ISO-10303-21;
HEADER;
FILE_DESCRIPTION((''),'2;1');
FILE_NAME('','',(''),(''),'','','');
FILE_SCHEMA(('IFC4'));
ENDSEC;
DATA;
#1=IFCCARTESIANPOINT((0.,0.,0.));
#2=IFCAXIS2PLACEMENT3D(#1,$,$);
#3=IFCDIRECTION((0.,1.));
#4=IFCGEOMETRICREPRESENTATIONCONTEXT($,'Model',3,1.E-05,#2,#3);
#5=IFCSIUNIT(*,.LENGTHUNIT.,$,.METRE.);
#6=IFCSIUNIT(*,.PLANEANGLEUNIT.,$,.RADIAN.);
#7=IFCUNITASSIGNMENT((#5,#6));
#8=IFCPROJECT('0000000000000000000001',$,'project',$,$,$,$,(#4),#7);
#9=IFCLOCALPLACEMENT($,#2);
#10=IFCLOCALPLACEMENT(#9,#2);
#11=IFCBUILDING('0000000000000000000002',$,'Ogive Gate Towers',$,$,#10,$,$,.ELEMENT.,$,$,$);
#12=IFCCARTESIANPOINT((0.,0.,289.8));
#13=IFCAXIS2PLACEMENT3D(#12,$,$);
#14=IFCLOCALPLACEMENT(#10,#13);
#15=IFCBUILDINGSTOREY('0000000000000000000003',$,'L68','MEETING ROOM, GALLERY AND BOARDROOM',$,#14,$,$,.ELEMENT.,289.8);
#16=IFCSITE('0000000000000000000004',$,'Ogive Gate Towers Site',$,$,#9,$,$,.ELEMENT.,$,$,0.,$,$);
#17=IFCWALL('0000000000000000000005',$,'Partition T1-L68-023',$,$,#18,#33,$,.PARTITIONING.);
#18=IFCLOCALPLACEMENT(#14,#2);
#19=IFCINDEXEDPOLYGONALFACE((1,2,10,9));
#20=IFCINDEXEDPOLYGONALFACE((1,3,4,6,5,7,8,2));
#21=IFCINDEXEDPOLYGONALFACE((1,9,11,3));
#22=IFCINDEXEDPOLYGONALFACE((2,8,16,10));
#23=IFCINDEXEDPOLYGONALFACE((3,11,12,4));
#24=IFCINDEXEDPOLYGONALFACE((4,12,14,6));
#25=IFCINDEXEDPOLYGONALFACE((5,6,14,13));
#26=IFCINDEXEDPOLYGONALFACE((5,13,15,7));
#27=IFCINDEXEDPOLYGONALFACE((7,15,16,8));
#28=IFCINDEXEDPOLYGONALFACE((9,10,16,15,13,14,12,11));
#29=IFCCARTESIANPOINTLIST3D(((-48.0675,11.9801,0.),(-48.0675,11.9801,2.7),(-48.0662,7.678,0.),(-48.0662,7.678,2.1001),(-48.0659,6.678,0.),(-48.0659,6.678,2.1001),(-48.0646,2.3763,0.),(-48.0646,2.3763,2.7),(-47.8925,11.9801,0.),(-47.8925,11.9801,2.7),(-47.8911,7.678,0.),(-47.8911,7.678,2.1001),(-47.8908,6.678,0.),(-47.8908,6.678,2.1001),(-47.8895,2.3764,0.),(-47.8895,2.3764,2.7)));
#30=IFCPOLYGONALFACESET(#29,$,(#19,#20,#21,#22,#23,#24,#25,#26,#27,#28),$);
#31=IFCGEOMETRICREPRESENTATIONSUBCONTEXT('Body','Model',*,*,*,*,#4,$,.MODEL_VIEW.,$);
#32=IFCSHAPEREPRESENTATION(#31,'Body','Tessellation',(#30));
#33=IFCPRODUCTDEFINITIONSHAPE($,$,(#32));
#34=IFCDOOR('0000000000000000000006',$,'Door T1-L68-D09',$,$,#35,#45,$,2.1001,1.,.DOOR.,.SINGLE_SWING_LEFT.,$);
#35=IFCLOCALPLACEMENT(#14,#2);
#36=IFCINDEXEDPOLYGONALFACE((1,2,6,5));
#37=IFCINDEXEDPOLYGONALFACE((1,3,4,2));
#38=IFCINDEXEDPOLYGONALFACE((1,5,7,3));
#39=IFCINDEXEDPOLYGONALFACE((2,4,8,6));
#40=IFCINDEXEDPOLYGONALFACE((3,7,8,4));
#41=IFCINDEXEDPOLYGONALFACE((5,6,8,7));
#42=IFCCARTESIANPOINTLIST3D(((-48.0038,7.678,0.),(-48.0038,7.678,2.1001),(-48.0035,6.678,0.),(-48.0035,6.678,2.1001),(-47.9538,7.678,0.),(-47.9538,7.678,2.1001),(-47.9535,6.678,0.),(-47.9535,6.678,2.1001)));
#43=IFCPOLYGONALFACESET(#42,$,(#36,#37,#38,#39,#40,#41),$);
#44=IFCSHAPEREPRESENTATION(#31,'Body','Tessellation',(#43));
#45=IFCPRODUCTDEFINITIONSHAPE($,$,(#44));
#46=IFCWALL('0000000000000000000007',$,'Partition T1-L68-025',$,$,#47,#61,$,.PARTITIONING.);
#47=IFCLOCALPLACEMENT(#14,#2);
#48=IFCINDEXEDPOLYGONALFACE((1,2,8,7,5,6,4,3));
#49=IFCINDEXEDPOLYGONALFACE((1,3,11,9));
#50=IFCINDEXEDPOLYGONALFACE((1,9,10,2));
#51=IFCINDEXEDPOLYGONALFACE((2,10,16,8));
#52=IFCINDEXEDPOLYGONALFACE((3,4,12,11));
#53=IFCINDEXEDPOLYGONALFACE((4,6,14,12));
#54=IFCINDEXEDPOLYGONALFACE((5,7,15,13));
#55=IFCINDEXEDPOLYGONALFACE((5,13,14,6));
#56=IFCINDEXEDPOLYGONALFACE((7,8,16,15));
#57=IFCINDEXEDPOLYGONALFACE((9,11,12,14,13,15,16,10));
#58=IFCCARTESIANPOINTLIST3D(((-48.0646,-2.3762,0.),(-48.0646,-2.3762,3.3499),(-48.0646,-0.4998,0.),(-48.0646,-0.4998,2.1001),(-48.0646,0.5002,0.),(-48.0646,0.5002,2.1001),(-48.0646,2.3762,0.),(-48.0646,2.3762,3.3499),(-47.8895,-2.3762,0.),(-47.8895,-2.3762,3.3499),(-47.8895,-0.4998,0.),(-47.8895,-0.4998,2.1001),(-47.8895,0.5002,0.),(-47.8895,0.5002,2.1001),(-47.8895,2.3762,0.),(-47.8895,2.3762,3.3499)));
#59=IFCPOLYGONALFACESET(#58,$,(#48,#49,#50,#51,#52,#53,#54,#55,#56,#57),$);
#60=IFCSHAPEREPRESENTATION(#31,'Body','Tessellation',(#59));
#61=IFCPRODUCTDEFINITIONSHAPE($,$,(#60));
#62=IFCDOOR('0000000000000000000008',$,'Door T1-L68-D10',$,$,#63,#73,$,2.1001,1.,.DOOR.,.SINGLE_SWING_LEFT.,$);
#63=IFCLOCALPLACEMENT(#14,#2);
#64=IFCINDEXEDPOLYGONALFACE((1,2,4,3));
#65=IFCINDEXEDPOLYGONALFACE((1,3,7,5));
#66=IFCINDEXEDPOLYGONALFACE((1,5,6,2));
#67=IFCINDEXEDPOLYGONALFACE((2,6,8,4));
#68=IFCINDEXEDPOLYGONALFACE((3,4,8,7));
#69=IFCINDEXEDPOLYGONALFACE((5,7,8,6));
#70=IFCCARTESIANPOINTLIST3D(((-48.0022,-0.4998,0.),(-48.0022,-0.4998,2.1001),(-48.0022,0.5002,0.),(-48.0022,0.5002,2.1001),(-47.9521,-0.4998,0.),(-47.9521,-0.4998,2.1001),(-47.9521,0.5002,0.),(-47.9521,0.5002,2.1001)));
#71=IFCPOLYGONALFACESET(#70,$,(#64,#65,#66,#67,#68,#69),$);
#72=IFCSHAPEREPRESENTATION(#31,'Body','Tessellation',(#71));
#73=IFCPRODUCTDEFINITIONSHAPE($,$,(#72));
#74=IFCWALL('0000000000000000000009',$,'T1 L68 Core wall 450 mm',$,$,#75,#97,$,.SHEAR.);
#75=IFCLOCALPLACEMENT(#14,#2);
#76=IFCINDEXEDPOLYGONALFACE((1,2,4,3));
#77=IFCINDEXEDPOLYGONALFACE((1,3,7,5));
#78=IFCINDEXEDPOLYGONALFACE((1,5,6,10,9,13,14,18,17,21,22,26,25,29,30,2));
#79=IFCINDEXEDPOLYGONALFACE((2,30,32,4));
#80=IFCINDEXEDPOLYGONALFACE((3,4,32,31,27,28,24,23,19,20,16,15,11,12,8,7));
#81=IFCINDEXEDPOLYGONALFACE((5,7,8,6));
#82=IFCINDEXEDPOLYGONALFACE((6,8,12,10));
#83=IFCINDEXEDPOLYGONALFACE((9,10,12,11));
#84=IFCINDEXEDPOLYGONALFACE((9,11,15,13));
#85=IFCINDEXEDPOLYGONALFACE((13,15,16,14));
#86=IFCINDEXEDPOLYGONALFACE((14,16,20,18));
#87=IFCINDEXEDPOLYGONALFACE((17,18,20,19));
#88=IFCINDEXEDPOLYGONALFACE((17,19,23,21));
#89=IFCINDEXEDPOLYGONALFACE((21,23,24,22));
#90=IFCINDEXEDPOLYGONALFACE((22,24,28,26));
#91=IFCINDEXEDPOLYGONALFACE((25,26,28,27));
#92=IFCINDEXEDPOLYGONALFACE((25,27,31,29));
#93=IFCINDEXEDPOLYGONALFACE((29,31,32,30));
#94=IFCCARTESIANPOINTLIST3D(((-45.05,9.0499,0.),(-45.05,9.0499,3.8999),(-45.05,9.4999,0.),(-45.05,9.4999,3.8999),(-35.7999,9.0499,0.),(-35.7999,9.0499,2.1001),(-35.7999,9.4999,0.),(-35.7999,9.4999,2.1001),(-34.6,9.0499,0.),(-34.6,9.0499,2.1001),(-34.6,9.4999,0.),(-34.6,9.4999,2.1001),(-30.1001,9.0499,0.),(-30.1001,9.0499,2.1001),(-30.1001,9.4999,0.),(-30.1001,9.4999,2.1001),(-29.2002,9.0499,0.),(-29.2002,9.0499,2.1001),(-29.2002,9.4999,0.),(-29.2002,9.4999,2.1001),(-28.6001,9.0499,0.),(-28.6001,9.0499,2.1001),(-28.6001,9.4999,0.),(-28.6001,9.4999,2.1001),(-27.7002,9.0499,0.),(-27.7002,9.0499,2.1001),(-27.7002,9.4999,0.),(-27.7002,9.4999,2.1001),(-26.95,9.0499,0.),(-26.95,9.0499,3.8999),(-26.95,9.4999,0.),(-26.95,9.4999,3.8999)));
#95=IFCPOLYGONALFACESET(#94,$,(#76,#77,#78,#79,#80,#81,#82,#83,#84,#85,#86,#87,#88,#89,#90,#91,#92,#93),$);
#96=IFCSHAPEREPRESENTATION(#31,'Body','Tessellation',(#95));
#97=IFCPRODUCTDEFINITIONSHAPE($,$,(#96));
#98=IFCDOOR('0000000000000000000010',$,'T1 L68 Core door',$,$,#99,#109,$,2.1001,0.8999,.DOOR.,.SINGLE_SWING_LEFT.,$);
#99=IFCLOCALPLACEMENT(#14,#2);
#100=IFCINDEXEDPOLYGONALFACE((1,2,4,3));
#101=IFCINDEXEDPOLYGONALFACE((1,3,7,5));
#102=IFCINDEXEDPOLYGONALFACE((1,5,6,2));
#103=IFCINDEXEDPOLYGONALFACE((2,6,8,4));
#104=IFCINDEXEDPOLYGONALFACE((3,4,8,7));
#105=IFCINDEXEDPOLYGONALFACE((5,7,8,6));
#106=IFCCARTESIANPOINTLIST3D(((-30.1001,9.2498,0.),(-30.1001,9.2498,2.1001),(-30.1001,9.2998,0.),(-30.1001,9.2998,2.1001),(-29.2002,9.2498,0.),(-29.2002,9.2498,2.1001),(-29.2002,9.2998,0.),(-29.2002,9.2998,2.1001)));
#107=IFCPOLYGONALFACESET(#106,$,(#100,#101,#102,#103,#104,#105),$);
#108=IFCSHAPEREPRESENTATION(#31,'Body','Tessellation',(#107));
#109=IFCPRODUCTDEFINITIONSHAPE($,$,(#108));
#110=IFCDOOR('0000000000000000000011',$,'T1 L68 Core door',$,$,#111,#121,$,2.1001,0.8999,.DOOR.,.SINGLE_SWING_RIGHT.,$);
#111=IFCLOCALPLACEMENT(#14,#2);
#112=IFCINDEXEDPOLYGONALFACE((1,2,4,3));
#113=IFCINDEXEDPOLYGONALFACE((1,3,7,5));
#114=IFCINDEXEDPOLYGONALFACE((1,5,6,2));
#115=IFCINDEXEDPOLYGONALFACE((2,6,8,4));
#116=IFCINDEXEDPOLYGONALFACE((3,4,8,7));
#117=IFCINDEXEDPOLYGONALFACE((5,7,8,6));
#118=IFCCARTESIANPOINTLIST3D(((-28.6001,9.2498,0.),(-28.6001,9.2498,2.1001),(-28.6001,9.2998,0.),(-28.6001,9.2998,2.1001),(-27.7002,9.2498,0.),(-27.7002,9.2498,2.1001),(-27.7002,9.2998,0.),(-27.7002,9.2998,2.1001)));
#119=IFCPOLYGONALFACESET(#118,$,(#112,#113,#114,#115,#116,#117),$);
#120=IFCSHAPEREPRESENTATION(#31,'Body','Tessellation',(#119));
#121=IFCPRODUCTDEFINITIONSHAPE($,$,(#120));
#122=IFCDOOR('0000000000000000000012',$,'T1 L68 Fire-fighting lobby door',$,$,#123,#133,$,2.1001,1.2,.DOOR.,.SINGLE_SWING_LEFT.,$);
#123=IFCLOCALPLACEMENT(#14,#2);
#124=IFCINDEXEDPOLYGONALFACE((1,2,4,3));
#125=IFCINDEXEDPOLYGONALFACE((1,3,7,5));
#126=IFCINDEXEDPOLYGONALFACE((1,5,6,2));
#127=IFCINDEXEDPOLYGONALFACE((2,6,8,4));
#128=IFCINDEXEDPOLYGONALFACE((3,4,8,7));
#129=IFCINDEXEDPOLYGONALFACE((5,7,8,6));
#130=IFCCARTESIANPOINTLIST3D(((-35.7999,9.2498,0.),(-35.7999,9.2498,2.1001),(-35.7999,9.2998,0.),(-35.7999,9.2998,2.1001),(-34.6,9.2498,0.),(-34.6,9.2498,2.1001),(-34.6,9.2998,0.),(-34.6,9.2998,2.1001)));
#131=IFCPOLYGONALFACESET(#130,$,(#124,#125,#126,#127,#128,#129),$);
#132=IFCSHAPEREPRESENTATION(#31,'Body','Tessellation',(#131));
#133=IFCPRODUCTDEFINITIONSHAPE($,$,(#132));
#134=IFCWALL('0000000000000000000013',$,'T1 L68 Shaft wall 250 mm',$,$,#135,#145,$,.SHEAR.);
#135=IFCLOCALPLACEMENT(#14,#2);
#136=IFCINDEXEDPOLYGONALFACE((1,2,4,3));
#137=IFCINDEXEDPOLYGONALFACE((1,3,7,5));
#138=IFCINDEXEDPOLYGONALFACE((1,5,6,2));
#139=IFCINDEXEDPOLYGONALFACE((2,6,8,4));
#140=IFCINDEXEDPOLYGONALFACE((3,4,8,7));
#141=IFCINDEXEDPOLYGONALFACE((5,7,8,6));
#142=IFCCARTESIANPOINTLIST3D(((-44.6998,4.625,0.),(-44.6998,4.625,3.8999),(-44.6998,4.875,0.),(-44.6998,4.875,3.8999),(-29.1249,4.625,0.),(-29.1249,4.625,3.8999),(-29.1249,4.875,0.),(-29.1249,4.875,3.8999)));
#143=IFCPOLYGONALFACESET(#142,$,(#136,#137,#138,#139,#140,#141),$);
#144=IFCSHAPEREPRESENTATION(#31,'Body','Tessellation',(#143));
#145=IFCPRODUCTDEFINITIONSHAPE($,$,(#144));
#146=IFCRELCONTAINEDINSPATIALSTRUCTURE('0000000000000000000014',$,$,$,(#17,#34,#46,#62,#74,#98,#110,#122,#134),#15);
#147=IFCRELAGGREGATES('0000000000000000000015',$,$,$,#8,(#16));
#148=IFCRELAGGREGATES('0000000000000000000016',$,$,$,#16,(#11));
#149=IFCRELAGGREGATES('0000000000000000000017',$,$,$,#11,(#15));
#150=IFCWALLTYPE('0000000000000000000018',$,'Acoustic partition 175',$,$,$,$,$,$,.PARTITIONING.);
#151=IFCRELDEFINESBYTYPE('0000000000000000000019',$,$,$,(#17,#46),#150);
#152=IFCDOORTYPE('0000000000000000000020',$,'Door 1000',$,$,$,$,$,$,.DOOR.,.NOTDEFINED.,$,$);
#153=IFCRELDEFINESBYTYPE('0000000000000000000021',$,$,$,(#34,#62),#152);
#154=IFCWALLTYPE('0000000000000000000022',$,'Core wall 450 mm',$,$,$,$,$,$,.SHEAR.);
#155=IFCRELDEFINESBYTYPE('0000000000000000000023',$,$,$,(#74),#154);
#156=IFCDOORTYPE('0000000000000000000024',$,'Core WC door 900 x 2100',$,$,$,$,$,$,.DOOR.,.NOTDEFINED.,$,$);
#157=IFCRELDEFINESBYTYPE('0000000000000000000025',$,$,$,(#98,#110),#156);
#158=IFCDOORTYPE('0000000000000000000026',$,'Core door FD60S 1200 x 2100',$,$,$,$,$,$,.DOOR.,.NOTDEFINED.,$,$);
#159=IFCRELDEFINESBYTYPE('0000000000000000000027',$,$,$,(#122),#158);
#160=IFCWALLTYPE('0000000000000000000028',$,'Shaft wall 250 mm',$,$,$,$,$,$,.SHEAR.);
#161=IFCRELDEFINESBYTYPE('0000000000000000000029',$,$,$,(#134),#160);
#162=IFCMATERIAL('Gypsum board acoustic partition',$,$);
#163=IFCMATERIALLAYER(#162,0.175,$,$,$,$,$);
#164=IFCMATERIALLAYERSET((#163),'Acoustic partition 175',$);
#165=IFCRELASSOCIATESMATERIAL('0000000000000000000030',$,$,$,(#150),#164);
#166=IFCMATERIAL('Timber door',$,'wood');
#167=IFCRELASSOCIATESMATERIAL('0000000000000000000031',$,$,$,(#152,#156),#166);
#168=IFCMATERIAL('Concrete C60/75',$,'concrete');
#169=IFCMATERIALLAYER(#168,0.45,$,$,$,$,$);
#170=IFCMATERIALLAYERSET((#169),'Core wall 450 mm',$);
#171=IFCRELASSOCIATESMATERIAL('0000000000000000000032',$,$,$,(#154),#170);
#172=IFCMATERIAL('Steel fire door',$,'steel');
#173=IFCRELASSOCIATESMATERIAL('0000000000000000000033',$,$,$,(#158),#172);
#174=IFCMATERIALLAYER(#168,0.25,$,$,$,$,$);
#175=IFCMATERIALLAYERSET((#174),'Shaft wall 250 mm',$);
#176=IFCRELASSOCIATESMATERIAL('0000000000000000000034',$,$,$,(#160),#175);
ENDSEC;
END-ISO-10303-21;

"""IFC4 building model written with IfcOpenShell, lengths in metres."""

from ifc_helpers import new_model, si_unit, direction, frame, frame_2d, origin, place, context, subcontext, project, spatial, rectangle, extrude, material, layer, layer_set, type_object, element, fill, save


model = new_model("IFC4")

# Units and contexts
model_context = context("Model", 3, precision=1e-05, world=origin(), true_north=direction((0.0, 1.0)))
body_context = subcontext(model_context, "Body", "Model", "MODEL_VIEW")
ifc_project = project(units=[si_unit("LENGTHUNIT", "METRE"), si_unit("PLANEANGLEUNIT", "RADIAN")], contexts=[model_context])

# Site, building, storey
site_placement = place(None, origin())
site = spatial("IfcSite", under=ifc_project, at=site_placement, Name="Ogive Gate Towers Site", CompositionType="ELEMENT", RefElevation=0.0)
building_placement = place(site_placement, origin())
building = spatial("IfcBuilding", under=site, at=building_placement, Name="Ogive Gate Towers", CompositionType="ELEMENT")
storey_placement = place(building_placement, frame((0.0, 0.0, 289.8)))
storey = spatial("IfcBuildingStorey", under=building, at=storey_placement, Name="L68", Description="MEETING ROOM, GALLERY AND BOARDROOM", CompositionType="ELEMENT", Elevation=289.8)

# Shared definitions
ifc_material_1 = material(Name="Gypsum board acoustic partition")
ifc_layer_1 = layer(ifc_material_1, 0.175)
ifc_layer_set_1 = layer_set([ifc_layer_1], Name="Acoustic partition 175")
wall_type_1 = type_object("IfcWallType", Name="Acoustic partition 175", PredefinedType="PARTITIONING", material=ifc_layer_set_1)

# Walls, openings, doors
wall_1_placement = place(storey_placement, frame((-47.98, 11.98, 0.0), z_axis=(0.0, 0.0, 1.0), x_axis=(0.000305, -1.0, 0.0)))
wall_1 = element("IfcWall", 1, at=wall_1_placement, inside=storey, type_object=wall_type_1, Name="Partition T1-L68-023", PredefinedType="PARTITIONING", context=body_context, shape_type="SweptSolid", body=[
    extrude(rectangle(XDim=9.6038, YDim=0.175, at=frame_2d((4.8018, 0.0))), origin(), (0.0, 0.0, 1.0), 2.7),
])
opening_1_placement = place(wall_1_placement, frame((4.302, 0.0, 0.0)))
opening_1 = element("IfcOpeningElement", 2, at=opening_1_placement, cuts=wall_1, PredefinedType="OPENING", context=body_context, shape_type="SweptSolid", body=[
    extrude(rectangle(XDim=1.0, YDim=2.1001, at=frame_2d((0.5, 1.05))), frame((0.0, 0.0977, 0.0), z_axis=(0.0, -1.0, 0.0), x_axis=(1.0, 0.0, 0.0)), (0.0, 0.0, 1.0), 0.1951),
])
ifc_material_2 = material(Name="Timber door", Category="wood")
door_type_1 = type_object("IfcDoorType", Name="Door 1000", OperationType="NOTDEFINED", PredefinedType="DOOR", material=ifc_material_2)
door_1_placement = place(opening_1_placement, origin())
door_1 = element("IfcDoor", 3, at=door_1_placement, inside=storey, type_object=door_type_1, Name="Door T1-L68-D09", OperationType="SINGLE_SWING_LEFT", OverallHeight=2.1001, OverallWidth=1.0, PredefinedType="DOOR", context=body_context, shape_type="SweptSolid", body=[
    extrude(rectangle(XDim=1.0, YDim=2.1001, at=frame_2d((0.5, 1.05))), frame((0.0, 0.0249, 0.0), z_axis=(0.0, -1.0, 0.0), x_axis=(1.0, 0.0, 0.0)), (0.0, 0.0, 1.0), 0.05),
])
fill(opening_1, door_1)
wall_2_placement = place(storey_placement, frame((-47.9771, 2.3762, 0.0), z_axis=(0.0, 0.0, 1.0), x_axis=(0.0, -1.0, 0.0)))
wall_2 = element("IfcWall", 4, at=wall_2_placement, inside=storey, type_object=wall_type_1, Name="Partition T1-L68-025", PredefinedType="PARTITIONING", context=body_context, shape_type="SweptSolid", body=[
    extrude(rectangle(XDim=4.7524, YDim=0.175, at=frame_2d((2.3762, 0.0))), origin(), (0.0, 0.0, 1.0), 3.3499),
])
opening_2_placement = place(wall_2_placement, frame((1.876, 0.0, 0.0)))
opening_2 = element("IfcOpeningElement", 5, at=opening_2_placement, cuts=wall_2, PredefinedType="OPENING", context=body_context, shape_type="SweptSolid", body=[
    extrude(rectangle(XDim=1.0, YDim=2.1001, at=frame_2d((0.5, 1.05))), frame((0.0, 0.0977, 0.0), z_axis=(0.0, -1.0, 0.0), x_axis=(1.0, 0.0, 0.0)), (0.0, 0.0, 1.0), 0.1951),
])
door_2_placement = place(opening_2_placement, origin())
door_2 = element("IfcDoor", 6, at=door_2_placement, inside=storey, type_object=door_type_1, Name="Door T1-L68-D10", OperationType="SINGLE_SWING_LEFT", OverallHeight=2.1001, OverallWidth=1.0, PredefinedType="DOOR", context=body_context, shape_type="SweptSolid", body=[
    extrude(rectangle(XDim=1.0, YDim=2.1001, at=frame_2d((0.5, 1.05))), frame((0.0, 0.0249, 0.0), z_axis=(0.0, -1.0, 0.0), x_axis=(1.0, 0.0, 0.0)), (0.0, 0.0, 1.0), 0.05),
])
fill(opening_2, door_2)

# Wall, openings, doors
ifc_material_3 = material(Name="Concrete C60/75", Category="concrete")
ifc_layer_2 = layer(ifc_material_3, 0.45)
ifc_layer_set_2 = layer_set([ifc_layer_2], Name="Core wall 450 mm")
wall_type_2 = type_object("IfcWallType", Name="Core wall 450 mm", PredefinedType="SHEAR", material=ifc_layer_set_2)
wall_3_placement = place(storey_placement, frame((-45.05, 9.2749, 0.0), z_axis=(0.0, 0.0, 1.0), x_axis=(1.0, 0.0, 0.0)))
wall_3 = element("IfcWall", 7, at=wall_3_placement, inside=storey, type_object=wall_type_2, Name="T1 L68 Core wall 450 mm", PredefinedType="SHEAR", context=body_context, shape_type="SweptSolid", body=[
    extrude(rectangle(XDim=18.1001, YDim=0.45, at=frame_2d((9.05, 0.0))), origin(), (0.0, 0.0, 1.0), 3.8999),
])
opening_3_placement = place(wall_3_placement, frame((9.25, 0.0, 0.0)))
opening_3 = element("IfcOpeningElement", 8, at=opening_3_placement, cuts=wall_3, PredefinedType="OPENING", context=body_context, shape_type="SweptSolid", body=[
    extrude(rectangle(XDim=1.2, YDim=2.1001, at=frame_2d((0.6001, 1.05))), frame((0.0, 0.2349, 0.0), z_axis=(0.0, -1.0, 0.0), x_axis=(1.0, 0.0, 0.0)), (0.0, 0.0, 1.0), 0.47),
])
opening_4_placement = place(wall_3_placement, frame((14.95, 0.0, 0.0)))
opening_4 = element("IfcOpeningElement", 9, at=opening_4_placement, cuts=wall_3, PredefinedType="OPENING", context=body_context, shape_type="SweptSolid", body=[
    extrude(rectangle(XDim=0.8999, YDim=2.1001, at=frame_2d((0.45, 1.05))), frame((0.0, 0.2349, 0.0), z_axis=(0.0, -1.0, 0.0), x_axis=(1.0, 0.0, 0.0)), (0.0, 0.0, 1.0), 0.47),
])
opening_5_placement = place(wall_3_placement, frame((16.45, 0.0, 0.0)))
opening_5 = element("IfcOpeningElement", 10, at=opening_5_placement, cuts=wall_3, PredefinedType="OPENING", context=body_context, shape_type="SweptSolid", body=[
    extrude(rectangle(XDim=0.8999, YDim=2.1001, at=frame_2d((0.45, 1.05))), frame((0.0, 0.2349, 0.0), z_axis=(0.0, -1.0, 0.0), x_axis=(1.0, 0.0, 0.0)), (0.0, 0.0, 1.0), 0.47),
])
door_type_2 = type_object("IfcDoorType", Name="Core WC door 900 x 2100", OperationType="NOTDEFINED", PredefinedType="DOOR", material=ifc_material_2)
door_3_placement = place(opening_4_placement, origin())
door_3 = element("IfcDoor", 11, at=door_3_placement, inside=storey, type_object=door_type_2, Name="T1 L68 Core door", OperationType="SINGLE_SWING_LEFT", OverallHeight=2.1001, OverallWidth=0.8999, PredefinedType="DOOR", context=body_context, shape_type="SweptSolid", body=[
    extrude(rectangle(XDim=0.8999, YDim=2.1001, at=frame_2d((0.45, 1.05))), frame((0.0, 0.0249, 0.0), z_axis=(0.0, -1.0, 0.0), x_axis=(1.0, 0.0, 0.0)), (0.0, 0.0, 1.0), 0.05),
])
fill(opening_4, door_3)
door_4_placement = place(opening_5_placement, origin())
door_4 = element("IfcDoor", 12, at=door_4_placement, inside=storey, type_object=door_type_2, Name="T1 L68 Core door", OperationType="SINGLE_SWING_RIGHT", OverallHeight=2.1001, OverallWidth=0.8999, PredefinedType="DOOR", context=body_context, shape_type="SweptSolid", body=[
    extrude(rectangle(XDim=0.8999, YDim=2.1001, at=frame_2d((0.45, 1.05))), frame((0.0, 0.0249, 0.0), z_axis=(0.0, -1.0, 0.0), x_axis=(1.0, 0.0, 0.0)), (0.0, 0.0, 1.0), 0.05),
])
fill(opening_5, door_4)
ifc_material_4 = material(Name="Steel fire door", Category="steel")
door_type_3 = type_object("IfcDoorType", Name="Core door FD60S 1200 x 2100", OperationType="NOTDEFINED", PredefinedType="DOOR", material=ifc_material_4)
door_5_placement = place(opening_3_placement, origin())
door_5 = element("IfcDoor", 13, at=door_5_placement, inside=storey, type_object=door_type_3, Name="T1 L68 Fire-fighting lobby door", OperationType="SINGLE_SWING_LEFT", OverallHeight=2.1001, OverallWidth=1.2, PredefinedType="DOOR", context=body_context, shape_type="SweptSolid", body=[
    extrude(rectangle(XDim=1.2, YDim=2.1001, at=frame_2d((0.6001, 1.05))), frame((0.0, 0.0249, 0.0), z_axis=(0.0, -1.0, 0.0), x_axis=(1.0, 0.0, 0.0)), (0.0, 0.0, 1.0), 0.05),
])
fill(opening_3, door_5)

# Wall
ifc_layer_3 = layer(ifc_material_3, 0.25)
ifc_layer_set_3 = layer_set([ifc_layer_3], Name="Shaft wall 250 mm")
wall_type_3 = type_object("IfcWallType", Name="Shaft wall 250 mm", PredefinedType="SHEAR", material=ifc_layer_set_3)
wall_4_placement = place(storey_placement, frame((-44.7, 4.75, 0.0), z_axis=(0.0, 0.0, 1.0), x_axis=(1.0, 0.0, 0.0)))
element("IfcWall", 14, at=wall_4_placement, inside=storey, type_object=wall_type_3, Name="T1 L68 Shaft wall 250 mm", PredefinedType="SHEAR", context=body_context, shape_type="SweptSolid", body=[
    extrude(rectangle(XDim=15.575, YDim=0.25, at=frame_2d((7.7876, 0.0))), origin(), (0.0, 0.0, 1.0), 3.8999),
])

save(model, "model.ifc")
